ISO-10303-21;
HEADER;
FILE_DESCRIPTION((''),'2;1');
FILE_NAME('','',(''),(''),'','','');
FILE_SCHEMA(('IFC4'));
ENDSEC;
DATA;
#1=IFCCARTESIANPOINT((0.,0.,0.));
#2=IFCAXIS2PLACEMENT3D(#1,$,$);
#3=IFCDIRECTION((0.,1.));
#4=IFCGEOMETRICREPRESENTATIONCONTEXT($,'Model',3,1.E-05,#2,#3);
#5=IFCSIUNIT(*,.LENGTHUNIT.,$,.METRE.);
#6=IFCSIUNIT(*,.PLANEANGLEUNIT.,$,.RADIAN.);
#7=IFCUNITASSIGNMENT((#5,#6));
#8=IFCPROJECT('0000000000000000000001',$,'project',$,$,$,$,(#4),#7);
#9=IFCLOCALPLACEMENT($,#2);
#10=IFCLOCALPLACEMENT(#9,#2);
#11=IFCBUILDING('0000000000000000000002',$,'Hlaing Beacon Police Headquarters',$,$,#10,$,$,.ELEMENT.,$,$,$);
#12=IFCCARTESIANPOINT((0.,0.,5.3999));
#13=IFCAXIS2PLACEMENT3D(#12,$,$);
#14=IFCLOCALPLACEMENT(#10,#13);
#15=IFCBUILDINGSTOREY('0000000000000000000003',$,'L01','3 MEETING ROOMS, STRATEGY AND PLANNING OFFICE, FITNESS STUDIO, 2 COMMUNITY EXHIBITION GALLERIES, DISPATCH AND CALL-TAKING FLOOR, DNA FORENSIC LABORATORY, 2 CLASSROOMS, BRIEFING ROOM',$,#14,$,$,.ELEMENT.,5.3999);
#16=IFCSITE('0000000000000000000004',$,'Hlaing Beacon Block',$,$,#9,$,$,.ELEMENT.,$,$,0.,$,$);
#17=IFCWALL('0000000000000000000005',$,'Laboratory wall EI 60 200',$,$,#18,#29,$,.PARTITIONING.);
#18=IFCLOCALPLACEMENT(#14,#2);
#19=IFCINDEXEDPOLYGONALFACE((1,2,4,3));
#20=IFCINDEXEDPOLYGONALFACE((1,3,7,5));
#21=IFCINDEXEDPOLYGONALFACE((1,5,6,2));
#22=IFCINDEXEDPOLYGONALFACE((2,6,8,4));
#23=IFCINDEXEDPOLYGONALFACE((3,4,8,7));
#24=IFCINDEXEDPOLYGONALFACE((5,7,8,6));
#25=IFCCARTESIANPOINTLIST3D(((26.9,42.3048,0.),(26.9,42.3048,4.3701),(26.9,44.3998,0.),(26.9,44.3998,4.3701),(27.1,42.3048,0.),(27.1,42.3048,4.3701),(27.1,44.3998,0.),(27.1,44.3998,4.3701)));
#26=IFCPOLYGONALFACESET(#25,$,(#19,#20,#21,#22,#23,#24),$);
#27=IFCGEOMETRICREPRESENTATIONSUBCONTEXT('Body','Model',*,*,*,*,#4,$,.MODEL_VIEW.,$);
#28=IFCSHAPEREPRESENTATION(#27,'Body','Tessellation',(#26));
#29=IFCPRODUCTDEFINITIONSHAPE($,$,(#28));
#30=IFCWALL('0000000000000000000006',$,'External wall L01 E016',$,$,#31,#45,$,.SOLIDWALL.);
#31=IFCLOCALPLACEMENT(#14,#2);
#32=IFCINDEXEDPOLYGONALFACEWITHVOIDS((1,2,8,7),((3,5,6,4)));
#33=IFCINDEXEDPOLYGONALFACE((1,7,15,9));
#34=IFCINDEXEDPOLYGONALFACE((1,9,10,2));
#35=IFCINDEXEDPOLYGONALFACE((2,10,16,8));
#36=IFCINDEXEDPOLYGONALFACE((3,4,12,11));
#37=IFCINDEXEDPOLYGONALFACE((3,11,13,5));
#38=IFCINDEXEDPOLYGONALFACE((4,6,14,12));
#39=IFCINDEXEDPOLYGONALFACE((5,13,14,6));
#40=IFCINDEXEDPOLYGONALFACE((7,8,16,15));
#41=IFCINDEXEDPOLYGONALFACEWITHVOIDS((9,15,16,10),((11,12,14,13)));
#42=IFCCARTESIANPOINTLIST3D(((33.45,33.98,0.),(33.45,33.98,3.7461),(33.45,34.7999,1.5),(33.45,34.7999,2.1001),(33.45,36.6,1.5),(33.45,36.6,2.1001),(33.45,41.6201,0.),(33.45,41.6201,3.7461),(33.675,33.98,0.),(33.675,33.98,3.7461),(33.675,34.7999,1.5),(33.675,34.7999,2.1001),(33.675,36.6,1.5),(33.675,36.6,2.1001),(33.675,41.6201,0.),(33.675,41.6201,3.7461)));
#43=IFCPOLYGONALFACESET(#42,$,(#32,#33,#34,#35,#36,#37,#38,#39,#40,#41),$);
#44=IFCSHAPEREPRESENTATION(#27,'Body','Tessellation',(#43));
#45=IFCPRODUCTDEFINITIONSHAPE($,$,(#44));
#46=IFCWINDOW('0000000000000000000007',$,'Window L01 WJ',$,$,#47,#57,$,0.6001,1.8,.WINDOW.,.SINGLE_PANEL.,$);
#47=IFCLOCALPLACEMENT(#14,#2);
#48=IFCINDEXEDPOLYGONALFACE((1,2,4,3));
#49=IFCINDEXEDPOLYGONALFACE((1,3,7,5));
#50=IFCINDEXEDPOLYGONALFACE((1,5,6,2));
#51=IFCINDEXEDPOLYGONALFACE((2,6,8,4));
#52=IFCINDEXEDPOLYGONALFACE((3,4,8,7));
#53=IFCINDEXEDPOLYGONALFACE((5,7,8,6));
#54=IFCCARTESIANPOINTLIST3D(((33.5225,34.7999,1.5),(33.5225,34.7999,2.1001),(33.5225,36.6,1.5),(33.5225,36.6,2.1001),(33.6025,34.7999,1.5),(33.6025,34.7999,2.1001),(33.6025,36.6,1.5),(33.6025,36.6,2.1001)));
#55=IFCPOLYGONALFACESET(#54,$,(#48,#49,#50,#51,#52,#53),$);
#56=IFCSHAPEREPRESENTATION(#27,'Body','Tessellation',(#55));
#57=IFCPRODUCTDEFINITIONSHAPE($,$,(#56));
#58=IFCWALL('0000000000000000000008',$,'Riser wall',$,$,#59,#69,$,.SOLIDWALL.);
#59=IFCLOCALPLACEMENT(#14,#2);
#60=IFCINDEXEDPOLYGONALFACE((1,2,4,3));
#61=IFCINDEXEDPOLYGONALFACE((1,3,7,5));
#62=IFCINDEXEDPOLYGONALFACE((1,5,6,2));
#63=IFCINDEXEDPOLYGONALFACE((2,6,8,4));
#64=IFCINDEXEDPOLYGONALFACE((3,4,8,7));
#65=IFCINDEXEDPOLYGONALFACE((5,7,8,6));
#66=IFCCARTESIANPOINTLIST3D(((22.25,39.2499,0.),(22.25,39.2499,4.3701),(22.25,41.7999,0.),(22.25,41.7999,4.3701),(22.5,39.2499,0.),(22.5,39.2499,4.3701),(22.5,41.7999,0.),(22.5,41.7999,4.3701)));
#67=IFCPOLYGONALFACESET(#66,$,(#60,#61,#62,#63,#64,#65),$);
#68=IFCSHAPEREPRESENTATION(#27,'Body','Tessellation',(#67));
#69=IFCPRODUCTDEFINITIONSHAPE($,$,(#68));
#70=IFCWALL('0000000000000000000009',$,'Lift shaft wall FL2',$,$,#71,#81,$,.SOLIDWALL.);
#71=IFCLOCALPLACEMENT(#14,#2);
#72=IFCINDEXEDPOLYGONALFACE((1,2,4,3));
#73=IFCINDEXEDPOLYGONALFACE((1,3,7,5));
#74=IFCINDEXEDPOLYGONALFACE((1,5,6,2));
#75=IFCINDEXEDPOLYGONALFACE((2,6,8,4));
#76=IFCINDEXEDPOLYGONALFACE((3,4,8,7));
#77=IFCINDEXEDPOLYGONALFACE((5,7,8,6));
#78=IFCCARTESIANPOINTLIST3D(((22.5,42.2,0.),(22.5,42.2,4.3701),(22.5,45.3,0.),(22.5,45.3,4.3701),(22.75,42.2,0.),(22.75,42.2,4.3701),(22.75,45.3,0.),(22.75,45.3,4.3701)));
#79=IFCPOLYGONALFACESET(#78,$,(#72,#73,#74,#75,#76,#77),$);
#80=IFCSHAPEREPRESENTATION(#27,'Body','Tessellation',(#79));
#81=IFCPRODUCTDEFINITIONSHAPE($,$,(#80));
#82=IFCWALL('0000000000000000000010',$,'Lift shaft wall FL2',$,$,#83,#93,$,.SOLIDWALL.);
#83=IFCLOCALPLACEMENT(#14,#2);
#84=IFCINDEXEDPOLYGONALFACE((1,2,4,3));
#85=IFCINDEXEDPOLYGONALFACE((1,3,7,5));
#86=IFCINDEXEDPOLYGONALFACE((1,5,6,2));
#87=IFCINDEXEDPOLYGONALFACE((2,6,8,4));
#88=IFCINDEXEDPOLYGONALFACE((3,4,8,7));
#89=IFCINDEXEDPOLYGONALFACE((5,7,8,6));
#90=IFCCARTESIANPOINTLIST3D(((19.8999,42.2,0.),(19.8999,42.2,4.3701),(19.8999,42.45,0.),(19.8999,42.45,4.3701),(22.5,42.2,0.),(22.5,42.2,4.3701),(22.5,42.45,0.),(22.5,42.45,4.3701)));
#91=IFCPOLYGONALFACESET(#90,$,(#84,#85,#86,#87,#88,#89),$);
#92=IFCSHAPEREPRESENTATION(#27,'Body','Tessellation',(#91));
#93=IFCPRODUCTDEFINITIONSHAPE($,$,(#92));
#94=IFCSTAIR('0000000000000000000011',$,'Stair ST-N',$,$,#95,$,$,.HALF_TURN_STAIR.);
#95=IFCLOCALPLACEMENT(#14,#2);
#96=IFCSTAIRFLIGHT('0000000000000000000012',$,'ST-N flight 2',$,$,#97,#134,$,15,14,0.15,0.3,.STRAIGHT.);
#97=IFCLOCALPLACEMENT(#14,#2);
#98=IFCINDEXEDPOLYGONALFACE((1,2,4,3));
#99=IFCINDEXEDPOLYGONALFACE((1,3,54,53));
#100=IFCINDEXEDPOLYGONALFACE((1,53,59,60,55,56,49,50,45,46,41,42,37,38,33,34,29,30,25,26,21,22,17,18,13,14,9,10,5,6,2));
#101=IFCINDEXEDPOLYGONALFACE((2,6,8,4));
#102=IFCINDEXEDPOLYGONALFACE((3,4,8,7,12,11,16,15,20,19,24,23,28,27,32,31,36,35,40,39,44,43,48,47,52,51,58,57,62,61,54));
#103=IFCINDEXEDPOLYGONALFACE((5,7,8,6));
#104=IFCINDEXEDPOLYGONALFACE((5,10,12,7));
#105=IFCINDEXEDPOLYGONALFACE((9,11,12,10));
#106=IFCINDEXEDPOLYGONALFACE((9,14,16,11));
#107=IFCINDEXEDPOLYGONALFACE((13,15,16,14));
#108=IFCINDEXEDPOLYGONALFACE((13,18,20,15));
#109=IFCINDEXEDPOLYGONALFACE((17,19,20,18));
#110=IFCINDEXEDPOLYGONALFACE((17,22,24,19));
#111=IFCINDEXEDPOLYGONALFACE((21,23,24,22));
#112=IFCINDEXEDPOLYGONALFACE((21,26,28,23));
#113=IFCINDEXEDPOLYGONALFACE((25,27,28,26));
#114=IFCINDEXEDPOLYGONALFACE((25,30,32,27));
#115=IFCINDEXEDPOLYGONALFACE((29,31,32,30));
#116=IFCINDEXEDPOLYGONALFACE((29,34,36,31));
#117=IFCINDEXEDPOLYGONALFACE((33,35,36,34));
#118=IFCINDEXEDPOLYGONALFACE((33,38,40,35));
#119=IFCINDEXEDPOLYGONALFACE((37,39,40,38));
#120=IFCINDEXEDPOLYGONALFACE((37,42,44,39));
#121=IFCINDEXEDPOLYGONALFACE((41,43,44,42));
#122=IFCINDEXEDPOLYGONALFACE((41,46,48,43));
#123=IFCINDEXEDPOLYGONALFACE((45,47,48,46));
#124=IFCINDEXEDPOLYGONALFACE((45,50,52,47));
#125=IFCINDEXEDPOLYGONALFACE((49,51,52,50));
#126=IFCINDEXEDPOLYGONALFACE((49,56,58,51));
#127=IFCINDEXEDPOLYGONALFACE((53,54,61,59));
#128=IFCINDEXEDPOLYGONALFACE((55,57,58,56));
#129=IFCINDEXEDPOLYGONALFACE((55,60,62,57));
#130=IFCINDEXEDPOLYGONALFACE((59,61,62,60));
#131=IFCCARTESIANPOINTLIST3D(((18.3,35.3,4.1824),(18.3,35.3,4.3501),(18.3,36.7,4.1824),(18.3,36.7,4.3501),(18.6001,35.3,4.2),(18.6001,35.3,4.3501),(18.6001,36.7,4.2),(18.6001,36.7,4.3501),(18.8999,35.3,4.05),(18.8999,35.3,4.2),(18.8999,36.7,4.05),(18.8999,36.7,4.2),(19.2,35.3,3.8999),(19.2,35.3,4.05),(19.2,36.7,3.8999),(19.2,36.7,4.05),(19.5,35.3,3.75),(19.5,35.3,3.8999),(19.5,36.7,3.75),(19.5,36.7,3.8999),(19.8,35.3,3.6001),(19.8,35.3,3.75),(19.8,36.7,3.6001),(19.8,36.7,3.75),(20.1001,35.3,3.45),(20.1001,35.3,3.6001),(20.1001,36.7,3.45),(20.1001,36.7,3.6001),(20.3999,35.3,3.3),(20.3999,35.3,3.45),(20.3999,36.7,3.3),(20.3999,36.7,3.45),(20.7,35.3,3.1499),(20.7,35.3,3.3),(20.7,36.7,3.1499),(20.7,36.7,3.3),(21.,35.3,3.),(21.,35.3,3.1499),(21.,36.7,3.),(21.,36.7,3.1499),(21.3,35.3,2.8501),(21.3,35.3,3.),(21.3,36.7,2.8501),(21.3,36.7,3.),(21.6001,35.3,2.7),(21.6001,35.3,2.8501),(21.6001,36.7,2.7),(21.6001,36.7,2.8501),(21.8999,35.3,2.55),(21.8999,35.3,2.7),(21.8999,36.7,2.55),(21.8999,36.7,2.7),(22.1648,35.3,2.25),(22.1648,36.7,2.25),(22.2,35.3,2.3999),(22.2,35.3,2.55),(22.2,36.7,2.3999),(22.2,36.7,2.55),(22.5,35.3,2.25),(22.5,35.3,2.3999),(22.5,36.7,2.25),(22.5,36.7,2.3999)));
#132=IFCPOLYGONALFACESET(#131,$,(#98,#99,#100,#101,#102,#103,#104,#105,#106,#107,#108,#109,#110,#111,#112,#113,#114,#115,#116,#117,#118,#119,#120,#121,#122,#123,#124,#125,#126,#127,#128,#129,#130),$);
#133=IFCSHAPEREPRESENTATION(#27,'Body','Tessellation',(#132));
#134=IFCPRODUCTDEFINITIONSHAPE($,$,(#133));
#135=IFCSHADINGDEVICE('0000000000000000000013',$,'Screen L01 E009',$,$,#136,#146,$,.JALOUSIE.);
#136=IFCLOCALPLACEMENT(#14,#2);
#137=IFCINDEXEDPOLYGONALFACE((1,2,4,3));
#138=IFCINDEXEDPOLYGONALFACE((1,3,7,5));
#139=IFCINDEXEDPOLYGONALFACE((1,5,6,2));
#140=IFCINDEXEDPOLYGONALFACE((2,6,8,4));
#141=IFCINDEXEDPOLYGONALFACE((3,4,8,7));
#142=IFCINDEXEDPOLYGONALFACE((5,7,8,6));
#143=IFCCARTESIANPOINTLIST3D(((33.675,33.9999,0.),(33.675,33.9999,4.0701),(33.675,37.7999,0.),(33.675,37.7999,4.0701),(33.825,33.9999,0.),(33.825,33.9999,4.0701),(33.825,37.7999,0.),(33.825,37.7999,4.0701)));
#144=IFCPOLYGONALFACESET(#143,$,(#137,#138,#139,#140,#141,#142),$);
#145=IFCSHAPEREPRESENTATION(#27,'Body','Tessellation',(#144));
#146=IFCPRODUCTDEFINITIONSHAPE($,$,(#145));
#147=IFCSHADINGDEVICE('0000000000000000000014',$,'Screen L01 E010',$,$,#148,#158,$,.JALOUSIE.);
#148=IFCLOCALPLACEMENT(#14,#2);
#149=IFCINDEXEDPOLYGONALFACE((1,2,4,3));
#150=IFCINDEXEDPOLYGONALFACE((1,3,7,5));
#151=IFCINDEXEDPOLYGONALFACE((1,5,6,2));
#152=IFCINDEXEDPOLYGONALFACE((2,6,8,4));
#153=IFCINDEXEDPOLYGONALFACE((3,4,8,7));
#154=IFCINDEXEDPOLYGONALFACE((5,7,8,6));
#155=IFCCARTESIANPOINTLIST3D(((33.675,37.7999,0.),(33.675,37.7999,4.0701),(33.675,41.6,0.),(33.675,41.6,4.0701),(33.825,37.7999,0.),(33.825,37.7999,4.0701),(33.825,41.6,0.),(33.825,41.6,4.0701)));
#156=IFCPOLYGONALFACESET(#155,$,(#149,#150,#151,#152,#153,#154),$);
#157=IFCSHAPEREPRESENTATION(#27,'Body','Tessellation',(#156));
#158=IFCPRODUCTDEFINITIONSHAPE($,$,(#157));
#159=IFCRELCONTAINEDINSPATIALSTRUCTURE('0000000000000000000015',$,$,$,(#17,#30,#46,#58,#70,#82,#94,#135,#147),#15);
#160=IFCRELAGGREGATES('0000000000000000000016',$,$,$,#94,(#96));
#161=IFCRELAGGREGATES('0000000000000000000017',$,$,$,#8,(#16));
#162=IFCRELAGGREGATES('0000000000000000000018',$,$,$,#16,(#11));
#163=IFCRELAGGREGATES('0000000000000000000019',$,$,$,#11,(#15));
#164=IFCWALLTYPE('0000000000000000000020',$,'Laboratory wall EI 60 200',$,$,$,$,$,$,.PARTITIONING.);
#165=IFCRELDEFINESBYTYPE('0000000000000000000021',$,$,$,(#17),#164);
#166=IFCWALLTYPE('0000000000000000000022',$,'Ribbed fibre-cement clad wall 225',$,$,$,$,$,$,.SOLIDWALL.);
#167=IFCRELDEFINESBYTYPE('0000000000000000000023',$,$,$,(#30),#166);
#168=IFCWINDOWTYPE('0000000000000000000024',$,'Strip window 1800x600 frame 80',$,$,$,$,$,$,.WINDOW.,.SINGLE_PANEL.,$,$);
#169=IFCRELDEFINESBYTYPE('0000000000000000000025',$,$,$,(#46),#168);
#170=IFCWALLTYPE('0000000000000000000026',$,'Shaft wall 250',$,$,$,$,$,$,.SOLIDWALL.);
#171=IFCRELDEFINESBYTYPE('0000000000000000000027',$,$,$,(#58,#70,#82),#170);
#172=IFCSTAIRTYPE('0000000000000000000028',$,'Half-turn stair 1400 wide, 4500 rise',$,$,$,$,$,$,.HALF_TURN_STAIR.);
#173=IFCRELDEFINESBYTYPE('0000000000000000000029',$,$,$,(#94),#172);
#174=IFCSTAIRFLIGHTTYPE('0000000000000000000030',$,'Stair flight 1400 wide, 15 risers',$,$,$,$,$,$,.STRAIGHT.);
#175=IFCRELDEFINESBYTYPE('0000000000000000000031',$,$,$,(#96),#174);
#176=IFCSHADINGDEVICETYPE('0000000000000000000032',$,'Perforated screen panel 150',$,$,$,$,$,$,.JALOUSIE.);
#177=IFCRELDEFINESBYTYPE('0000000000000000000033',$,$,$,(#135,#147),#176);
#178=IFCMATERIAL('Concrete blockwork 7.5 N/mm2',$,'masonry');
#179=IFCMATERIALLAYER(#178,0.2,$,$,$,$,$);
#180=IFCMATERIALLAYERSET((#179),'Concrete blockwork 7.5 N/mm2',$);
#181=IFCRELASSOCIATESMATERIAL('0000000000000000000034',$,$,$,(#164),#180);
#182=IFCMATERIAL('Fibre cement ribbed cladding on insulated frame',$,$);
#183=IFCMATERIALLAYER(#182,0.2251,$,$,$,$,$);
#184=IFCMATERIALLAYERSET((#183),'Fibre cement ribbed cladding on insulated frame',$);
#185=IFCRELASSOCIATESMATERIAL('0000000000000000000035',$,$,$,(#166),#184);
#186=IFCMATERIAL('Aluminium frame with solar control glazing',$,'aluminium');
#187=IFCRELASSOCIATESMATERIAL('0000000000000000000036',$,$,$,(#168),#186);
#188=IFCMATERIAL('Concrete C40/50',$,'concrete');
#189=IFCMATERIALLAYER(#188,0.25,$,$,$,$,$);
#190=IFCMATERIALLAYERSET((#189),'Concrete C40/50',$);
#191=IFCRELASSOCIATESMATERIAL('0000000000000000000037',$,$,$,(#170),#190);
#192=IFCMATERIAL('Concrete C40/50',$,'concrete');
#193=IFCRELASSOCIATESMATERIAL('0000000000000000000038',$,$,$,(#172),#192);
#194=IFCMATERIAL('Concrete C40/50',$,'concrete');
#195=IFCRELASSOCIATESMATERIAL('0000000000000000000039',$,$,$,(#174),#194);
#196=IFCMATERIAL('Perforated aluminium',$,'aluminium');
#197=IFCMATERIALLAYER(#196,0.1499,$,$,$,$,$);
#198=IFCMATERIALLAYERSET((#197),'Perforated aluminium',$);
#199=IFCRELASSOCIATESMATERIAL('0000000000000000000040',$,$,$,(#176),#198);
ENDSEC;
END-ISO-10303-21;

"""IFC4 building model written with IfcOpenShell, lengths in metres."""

from ifc_helpers import new_model, si_unit, direction, frame, frame_2d, origin, origin_2d, place, context, subcontext, project, spatial, polyline, rectangle, outline, extrude, material, layer, layer_set, type_object, element, fill, aggregate, save


model = new_model("IFC4")

# Units and contexts
model_context = context("Model", 3, precision=1e-05, world=origin(), true_north=direction((0.0, 1.0)))
body_context = subcontext(model_context, "Body", "Model", "MODEL_VIEW")
ifc_project = project(units=[si_unit("LENGTHUNIT", "METRE"), si_unit("PLANEANGLEUNIT", "RADIAN")], contexts=[model_context])

# Site, building, storey
site_placement = place(None, origin())
site = spatial("IfcSite", under=ifc_project, at=site_placement, Name="Hlaing Beacon Block", CompositionType="ELEMENT", RefElevation=0.0)
building_placement = place(site_placement, origin())
building = spatial("IfcBuilding", under=site, at=building_placement, Name="Hlaing Beacon Police Headquarters", CompositionType="ELEMENT")
storey_placement = place(building_placement, frame((0.0, 0.0, 5.3999)))
storey = spatial("IfcBuildingStorey", under=building, at=storey_placement, Name="L01", Description="3 MEETING ROOMS, STRATEGY AND PLANNING OFFICE, FITNESS STUDIO, 2 COMMUNITY EXHIBITION GALLERIES, DISPATCH AND CALL-TAKING FLOOR, DNA FORENSIC LABORATORY, 2 CLASSROOMS, BRIEFING ROOM", CompositionType="ELEMENT", Elevation=5.3999)

# Shared definitions
ifc_material_1 = material(Name="Concrete blockwork 7.5 N/mm2", Category="masonry")
ifc_layer_1 = layer(ifc_material_1, 0.2)
ifc_layer_set_1 = layer_set([ifc_layer_1], Name="Concrete blockwork 7.5 N/mm2")
wall_type_1 = type_object("IfcWallType", Name="Laboratory wall EI 60 200", PredefinedType="PARTITIONING", material=ifc_layer_set_1)

# Wall
wall_1_placement = place(storey_placement, frame((27.0, 42.3049, 0.0), z_axis=(0.0, 0.0, 1.0), x_axis=(0.0, 1.0, 0.0)))
element("IfcWall", 1, at=wall_1_placement, inside=storey, type_object=wall_type_1, Name="Laboratory wall EI 60 200", PredefinedType="PARTITIONING", context=body_context, shape_type="SweptSolid", body=[
    extrude(rectangle(XDim=2.095, YDim=0.2, at=frame_2d((1.0474, 0.0))), origin(), (0.0, 0.0, 1.0), 4.3701),
])

# Wall, opening, window
ifc_material_2 = material(Name="Fibre cement ribbed cladding on insulated frame")
ifc_layer_2 = layer(ifc_material_2, 0.2251)
ifc_layer_set_2 = layer_set([ifc_layer_2], Name="Fibre cement ribbed cladding on insulated frame")
wall_type_2 = type_object("IfcWallType", Name="Ribbed fibre-cement clad wall 225", PredefinedType="SOLIDWALL", material=ifc_layer_set_2)
wall_2_placement = place(storey_placement, frame((33.5625, 33.98, 0.0), z_axis=(0.0, 0.0, 1.0), x_axis=(0.0, 1.0, 0.0)))
wall_2 = element("IfcWall", 2, at=wall_2_placement, inside=storey, type_object=wall_type_2, Name="External wall L01 E016", PredefinedType="SOLIDWALL", context=body_context, shape_type="SweptSolid", body=[
    extrude(rectangle(XDim=7.6401, YDim=0.2251, at=frame_2d((3.8201, 0.0))), origin(), (0.0, 0.0, 1.0), 3.7461),
])
opening_1_placement = place(wall_2_placement, frame((0.8201, 0.0, 1.5)))
opening_1 = element("IfcOpeningElement", 3, at=opening_1_placement, cuts=wall_2, PredefinedType="OPENING", context=body_context, shape_type="SweptSolid", body=[
    extrude(rectangle(XDim=1.8, YDim=0.6001, at=frame_2d((0.8999, 0.3))), frame((0.0, 0.1226, 0.0), z_axis=(0.0, -1.0, 0.0), x_axis=(1.0, 0.0, 0.0)), (0.0, 0.0, 1.0), 0.2451),
])
ifc_material_3 = material(Name="Aluminium frame with solar control glazing", Category="aluminium")
window_type = type_object("IfcWindowType", Name="Strip window 1800x600 frame 80", PartitioningType="SINGLE_PANEL", PredefinedType="WINDOW", material=ifc_material_3)
window_placement = place(opening_1_placement, origin())
window = element("IfcWindow", 4, at=window_placement, inside=storey, type_object=window_type, Name="Window L01 WJ", OverallHeight=0.6001, OverallWidth=1.8, PartitioningType="SINGLE_PANEL", PredefinedType="WINDOW", context=body_context, shape_type="SweptSolid", body=[
    extrude(rectangle(XDim=1.8, YDim=0.6001, at=frame_2d((0.8999, 0.3))), frame((0.0, 0.04, 0.0), z_axis=(0.0, -1.0, 0.0), x_axis=(1.0, 0.0, 0.0)), (0.0, 0.0, 1.0), 0.0801),
])
fill(opening_1, window)

# Walls
ifc_material_4 = material(Name="Concrete C40/50", Category="concrete")
ifc_layer_3 = layer(ifc_material_4, 0.25)
ifc_layer_set_3 = layer_set([ifc_layer_3], Name="Concrete C40/50")
wall_type_3 = type_object("IfcWallType", Name="Shaft wall 250", PredefinedType="SOLIDWALL", material=ifc_layer_set_3)
wall_3_placement = place(storey_placement, frame((22.375, 39.25, 0.0), z_axis=(0.0, 0.0, 1.0), x_axis=(0.0, 1.0, 0.0)))
element("IfcWall", 5, at=wall_3_placement, inside=storey, type_object=wall_type_3, Name="Riser wall", PredefinedType="SOLIDWALL", context=body_context, shape_type="SweptSolid", body=[
    extrude(rectangle(XDim=2.55, YDim=0.25, at=frame_2d((1.2749, 0.0))), origin(), (0.0, 0.0, 1.0), 4.3701),
])
wall_4_placement = place(storey_placement, frame((22.625, 42.2, 0.0), z_axis=(0.0, 0.0, 1.0), x_axis=(0.0, 1.0, 0.0)))
element("IfcWall", 6, at=wall_4_placement, inside=storey, type_object=wall_type_3, Name="Lift shaft wall FL2", PredefinedType="SOLIDWALL", context=body_context, shape_type="SweptSolid", body=[
    extrude(rectangle(XDim=3.1001, YDim=0.25, at=frame_2d((1.55, 0.0))), origin(), (0.0, 0.0, 1.0), 4.3701),
])
wall_5_placement = place(storey_placement, frame((19.8999, 42.325, 0.0), z_axis=(0.0, 0.0, 1.0), x_axis=(1.0, 0.0, 0.0)))
element("IfcWall", 7, at=wall_5_placement, inside=storey, type_object=wall_type_3, Name="Lift shaft wall FL2", PredefinedType="SOLIDWALL", context=body_context, shape_type="SweptSolid", body=[
    extrude(rectangle(XDim=2.6001, YDim=0.25, at=frame_2d((1.3, 0.0))), origin(), (0.0, 0.0, 1.0), 4.3701),
])

# Stair, stair flight
ifc_material_5 = material(Name="Concrete C40/50", Category="concrete")
stair_type = type_object("IfcStairType", Name="Half-turn stair 1400 wide, 4500 rise", PredefinedType="HALF_TURN_STAIR", material=ifc_material_5)
stair_placement = place(storey_placement, origin())
stair = element("IfcStair", 8, at=stair_placement, inside=storey, type_object=stair_type, Name="Stair ST-N", PredefinedType="HALF_TURN_STAIR")
ifc_material_6 = material(Name="Concrete C40/50", Category="concrete")
stair_flight_type = type_object("IfcStairFlightType", Name="Stair flight 1400 wide, 15 risers", PredefinedType="STRAIGHT", material=ifc_material_6)
stair_flight_placement = place(storey_placement, frame((22.5, 36.0, 2.25), z_axis=(0.0, 0.0, 1.0), x_axis=(-1.0, 0.0, 0.0)))
stair_flight = element("IfcStairFlight", 9, at=stair_flight_placement, type_object=stair_flight_type, Name="ST-N flight 2", NumberOfRisers=15, NumberOfTreads=14, PredefinedType="STRAIGHT", RiserHeight=0.15, TreadLength=0.3, context=body_context, shape_type="SweptSolid", body=[
    extrude(outline(polyline([(0.0, 0.0), (0.0, 0.1499), (0.3, 0.1499), (0.3, 0.3), (0.6001, 0.3), (0.6001, 0.45), (0.8999, 0.45), (0.8999, 0.6001), (1.2, 0.6001), (1.2, 0.75), (1.5, 0.75), (1.5, 0.8999), (1.8, 0.8999), (1.8, 1.05), (2.1001, 1.05), (2.1001, 1.2), (2.3999, 1.2), (2.3999, 1.3501), (2.7, 1.3501), (2.7, 1.5), (3.0, 1.5), (3.0, 1.6499), (3.3, 1.6499), (3.3, 1.8), (3.6001, 1.8), (3.6001, 1.95), (3.8999, 1.95), (3.8999, 2.1001), (4.2, 2.1001), (4.2, 2.25), (4.2, 1.9324), (0.3352, 0.0), (0.0, 0.0)])), frame((0.0, 0.7, 0.0), z_axis=(0.0, -1.0, 0.0), x_axis=(1.0, 0.0, 0.0)), (0.0, 0.0, 1.0), 1.3999),
])
aggregate(stair, [stair_flight])

# Shading devices
ifc_material_7 = material(Name="Perforated aluminium", Category="aluminium")
ifc_layer_4 = layer(ifc_material_7, 0.1499)
ifc_layer_set_4 = layer_set([ifc_layer_4], Name="Perforated aluminium")
shading_device_type = type_object("IfcShadingDeviceType", Name="Perforated screen panel 150", PredefinedType="JALOUSIE", material=ifc_layer_set_4)
for number, where, z_axis, x_axis, name in (
    (10, (33.75, 35.8999, 0.0), (0.0, 0.0, 1.0), (0.0, 1.0, 0.0), "Screen L01 E009"),
    (11, (33.75, 39.7, 0.0), (0.0, 0.0, 1.0), (0.0, 1.0, 0.0), "Screen L01 E010"),
):
    element("IfcShadingDevice", number, at=place(storey_placement, frame(where, z_axis=z_axis, x_axis=x_axis)), inside=storey, type_object=shading_device_type, Name=name, PredefinedType="JALOUSIE", context=body_context, shape_type="SweptSolid", body=[
        extrude(rectangle(XDim=3.8, YDim=0.1499, at=origin_2d()), origin(), (0.0, 0.0, 1.0), 4.0701),
    ])

save(model, "model.ifc")
